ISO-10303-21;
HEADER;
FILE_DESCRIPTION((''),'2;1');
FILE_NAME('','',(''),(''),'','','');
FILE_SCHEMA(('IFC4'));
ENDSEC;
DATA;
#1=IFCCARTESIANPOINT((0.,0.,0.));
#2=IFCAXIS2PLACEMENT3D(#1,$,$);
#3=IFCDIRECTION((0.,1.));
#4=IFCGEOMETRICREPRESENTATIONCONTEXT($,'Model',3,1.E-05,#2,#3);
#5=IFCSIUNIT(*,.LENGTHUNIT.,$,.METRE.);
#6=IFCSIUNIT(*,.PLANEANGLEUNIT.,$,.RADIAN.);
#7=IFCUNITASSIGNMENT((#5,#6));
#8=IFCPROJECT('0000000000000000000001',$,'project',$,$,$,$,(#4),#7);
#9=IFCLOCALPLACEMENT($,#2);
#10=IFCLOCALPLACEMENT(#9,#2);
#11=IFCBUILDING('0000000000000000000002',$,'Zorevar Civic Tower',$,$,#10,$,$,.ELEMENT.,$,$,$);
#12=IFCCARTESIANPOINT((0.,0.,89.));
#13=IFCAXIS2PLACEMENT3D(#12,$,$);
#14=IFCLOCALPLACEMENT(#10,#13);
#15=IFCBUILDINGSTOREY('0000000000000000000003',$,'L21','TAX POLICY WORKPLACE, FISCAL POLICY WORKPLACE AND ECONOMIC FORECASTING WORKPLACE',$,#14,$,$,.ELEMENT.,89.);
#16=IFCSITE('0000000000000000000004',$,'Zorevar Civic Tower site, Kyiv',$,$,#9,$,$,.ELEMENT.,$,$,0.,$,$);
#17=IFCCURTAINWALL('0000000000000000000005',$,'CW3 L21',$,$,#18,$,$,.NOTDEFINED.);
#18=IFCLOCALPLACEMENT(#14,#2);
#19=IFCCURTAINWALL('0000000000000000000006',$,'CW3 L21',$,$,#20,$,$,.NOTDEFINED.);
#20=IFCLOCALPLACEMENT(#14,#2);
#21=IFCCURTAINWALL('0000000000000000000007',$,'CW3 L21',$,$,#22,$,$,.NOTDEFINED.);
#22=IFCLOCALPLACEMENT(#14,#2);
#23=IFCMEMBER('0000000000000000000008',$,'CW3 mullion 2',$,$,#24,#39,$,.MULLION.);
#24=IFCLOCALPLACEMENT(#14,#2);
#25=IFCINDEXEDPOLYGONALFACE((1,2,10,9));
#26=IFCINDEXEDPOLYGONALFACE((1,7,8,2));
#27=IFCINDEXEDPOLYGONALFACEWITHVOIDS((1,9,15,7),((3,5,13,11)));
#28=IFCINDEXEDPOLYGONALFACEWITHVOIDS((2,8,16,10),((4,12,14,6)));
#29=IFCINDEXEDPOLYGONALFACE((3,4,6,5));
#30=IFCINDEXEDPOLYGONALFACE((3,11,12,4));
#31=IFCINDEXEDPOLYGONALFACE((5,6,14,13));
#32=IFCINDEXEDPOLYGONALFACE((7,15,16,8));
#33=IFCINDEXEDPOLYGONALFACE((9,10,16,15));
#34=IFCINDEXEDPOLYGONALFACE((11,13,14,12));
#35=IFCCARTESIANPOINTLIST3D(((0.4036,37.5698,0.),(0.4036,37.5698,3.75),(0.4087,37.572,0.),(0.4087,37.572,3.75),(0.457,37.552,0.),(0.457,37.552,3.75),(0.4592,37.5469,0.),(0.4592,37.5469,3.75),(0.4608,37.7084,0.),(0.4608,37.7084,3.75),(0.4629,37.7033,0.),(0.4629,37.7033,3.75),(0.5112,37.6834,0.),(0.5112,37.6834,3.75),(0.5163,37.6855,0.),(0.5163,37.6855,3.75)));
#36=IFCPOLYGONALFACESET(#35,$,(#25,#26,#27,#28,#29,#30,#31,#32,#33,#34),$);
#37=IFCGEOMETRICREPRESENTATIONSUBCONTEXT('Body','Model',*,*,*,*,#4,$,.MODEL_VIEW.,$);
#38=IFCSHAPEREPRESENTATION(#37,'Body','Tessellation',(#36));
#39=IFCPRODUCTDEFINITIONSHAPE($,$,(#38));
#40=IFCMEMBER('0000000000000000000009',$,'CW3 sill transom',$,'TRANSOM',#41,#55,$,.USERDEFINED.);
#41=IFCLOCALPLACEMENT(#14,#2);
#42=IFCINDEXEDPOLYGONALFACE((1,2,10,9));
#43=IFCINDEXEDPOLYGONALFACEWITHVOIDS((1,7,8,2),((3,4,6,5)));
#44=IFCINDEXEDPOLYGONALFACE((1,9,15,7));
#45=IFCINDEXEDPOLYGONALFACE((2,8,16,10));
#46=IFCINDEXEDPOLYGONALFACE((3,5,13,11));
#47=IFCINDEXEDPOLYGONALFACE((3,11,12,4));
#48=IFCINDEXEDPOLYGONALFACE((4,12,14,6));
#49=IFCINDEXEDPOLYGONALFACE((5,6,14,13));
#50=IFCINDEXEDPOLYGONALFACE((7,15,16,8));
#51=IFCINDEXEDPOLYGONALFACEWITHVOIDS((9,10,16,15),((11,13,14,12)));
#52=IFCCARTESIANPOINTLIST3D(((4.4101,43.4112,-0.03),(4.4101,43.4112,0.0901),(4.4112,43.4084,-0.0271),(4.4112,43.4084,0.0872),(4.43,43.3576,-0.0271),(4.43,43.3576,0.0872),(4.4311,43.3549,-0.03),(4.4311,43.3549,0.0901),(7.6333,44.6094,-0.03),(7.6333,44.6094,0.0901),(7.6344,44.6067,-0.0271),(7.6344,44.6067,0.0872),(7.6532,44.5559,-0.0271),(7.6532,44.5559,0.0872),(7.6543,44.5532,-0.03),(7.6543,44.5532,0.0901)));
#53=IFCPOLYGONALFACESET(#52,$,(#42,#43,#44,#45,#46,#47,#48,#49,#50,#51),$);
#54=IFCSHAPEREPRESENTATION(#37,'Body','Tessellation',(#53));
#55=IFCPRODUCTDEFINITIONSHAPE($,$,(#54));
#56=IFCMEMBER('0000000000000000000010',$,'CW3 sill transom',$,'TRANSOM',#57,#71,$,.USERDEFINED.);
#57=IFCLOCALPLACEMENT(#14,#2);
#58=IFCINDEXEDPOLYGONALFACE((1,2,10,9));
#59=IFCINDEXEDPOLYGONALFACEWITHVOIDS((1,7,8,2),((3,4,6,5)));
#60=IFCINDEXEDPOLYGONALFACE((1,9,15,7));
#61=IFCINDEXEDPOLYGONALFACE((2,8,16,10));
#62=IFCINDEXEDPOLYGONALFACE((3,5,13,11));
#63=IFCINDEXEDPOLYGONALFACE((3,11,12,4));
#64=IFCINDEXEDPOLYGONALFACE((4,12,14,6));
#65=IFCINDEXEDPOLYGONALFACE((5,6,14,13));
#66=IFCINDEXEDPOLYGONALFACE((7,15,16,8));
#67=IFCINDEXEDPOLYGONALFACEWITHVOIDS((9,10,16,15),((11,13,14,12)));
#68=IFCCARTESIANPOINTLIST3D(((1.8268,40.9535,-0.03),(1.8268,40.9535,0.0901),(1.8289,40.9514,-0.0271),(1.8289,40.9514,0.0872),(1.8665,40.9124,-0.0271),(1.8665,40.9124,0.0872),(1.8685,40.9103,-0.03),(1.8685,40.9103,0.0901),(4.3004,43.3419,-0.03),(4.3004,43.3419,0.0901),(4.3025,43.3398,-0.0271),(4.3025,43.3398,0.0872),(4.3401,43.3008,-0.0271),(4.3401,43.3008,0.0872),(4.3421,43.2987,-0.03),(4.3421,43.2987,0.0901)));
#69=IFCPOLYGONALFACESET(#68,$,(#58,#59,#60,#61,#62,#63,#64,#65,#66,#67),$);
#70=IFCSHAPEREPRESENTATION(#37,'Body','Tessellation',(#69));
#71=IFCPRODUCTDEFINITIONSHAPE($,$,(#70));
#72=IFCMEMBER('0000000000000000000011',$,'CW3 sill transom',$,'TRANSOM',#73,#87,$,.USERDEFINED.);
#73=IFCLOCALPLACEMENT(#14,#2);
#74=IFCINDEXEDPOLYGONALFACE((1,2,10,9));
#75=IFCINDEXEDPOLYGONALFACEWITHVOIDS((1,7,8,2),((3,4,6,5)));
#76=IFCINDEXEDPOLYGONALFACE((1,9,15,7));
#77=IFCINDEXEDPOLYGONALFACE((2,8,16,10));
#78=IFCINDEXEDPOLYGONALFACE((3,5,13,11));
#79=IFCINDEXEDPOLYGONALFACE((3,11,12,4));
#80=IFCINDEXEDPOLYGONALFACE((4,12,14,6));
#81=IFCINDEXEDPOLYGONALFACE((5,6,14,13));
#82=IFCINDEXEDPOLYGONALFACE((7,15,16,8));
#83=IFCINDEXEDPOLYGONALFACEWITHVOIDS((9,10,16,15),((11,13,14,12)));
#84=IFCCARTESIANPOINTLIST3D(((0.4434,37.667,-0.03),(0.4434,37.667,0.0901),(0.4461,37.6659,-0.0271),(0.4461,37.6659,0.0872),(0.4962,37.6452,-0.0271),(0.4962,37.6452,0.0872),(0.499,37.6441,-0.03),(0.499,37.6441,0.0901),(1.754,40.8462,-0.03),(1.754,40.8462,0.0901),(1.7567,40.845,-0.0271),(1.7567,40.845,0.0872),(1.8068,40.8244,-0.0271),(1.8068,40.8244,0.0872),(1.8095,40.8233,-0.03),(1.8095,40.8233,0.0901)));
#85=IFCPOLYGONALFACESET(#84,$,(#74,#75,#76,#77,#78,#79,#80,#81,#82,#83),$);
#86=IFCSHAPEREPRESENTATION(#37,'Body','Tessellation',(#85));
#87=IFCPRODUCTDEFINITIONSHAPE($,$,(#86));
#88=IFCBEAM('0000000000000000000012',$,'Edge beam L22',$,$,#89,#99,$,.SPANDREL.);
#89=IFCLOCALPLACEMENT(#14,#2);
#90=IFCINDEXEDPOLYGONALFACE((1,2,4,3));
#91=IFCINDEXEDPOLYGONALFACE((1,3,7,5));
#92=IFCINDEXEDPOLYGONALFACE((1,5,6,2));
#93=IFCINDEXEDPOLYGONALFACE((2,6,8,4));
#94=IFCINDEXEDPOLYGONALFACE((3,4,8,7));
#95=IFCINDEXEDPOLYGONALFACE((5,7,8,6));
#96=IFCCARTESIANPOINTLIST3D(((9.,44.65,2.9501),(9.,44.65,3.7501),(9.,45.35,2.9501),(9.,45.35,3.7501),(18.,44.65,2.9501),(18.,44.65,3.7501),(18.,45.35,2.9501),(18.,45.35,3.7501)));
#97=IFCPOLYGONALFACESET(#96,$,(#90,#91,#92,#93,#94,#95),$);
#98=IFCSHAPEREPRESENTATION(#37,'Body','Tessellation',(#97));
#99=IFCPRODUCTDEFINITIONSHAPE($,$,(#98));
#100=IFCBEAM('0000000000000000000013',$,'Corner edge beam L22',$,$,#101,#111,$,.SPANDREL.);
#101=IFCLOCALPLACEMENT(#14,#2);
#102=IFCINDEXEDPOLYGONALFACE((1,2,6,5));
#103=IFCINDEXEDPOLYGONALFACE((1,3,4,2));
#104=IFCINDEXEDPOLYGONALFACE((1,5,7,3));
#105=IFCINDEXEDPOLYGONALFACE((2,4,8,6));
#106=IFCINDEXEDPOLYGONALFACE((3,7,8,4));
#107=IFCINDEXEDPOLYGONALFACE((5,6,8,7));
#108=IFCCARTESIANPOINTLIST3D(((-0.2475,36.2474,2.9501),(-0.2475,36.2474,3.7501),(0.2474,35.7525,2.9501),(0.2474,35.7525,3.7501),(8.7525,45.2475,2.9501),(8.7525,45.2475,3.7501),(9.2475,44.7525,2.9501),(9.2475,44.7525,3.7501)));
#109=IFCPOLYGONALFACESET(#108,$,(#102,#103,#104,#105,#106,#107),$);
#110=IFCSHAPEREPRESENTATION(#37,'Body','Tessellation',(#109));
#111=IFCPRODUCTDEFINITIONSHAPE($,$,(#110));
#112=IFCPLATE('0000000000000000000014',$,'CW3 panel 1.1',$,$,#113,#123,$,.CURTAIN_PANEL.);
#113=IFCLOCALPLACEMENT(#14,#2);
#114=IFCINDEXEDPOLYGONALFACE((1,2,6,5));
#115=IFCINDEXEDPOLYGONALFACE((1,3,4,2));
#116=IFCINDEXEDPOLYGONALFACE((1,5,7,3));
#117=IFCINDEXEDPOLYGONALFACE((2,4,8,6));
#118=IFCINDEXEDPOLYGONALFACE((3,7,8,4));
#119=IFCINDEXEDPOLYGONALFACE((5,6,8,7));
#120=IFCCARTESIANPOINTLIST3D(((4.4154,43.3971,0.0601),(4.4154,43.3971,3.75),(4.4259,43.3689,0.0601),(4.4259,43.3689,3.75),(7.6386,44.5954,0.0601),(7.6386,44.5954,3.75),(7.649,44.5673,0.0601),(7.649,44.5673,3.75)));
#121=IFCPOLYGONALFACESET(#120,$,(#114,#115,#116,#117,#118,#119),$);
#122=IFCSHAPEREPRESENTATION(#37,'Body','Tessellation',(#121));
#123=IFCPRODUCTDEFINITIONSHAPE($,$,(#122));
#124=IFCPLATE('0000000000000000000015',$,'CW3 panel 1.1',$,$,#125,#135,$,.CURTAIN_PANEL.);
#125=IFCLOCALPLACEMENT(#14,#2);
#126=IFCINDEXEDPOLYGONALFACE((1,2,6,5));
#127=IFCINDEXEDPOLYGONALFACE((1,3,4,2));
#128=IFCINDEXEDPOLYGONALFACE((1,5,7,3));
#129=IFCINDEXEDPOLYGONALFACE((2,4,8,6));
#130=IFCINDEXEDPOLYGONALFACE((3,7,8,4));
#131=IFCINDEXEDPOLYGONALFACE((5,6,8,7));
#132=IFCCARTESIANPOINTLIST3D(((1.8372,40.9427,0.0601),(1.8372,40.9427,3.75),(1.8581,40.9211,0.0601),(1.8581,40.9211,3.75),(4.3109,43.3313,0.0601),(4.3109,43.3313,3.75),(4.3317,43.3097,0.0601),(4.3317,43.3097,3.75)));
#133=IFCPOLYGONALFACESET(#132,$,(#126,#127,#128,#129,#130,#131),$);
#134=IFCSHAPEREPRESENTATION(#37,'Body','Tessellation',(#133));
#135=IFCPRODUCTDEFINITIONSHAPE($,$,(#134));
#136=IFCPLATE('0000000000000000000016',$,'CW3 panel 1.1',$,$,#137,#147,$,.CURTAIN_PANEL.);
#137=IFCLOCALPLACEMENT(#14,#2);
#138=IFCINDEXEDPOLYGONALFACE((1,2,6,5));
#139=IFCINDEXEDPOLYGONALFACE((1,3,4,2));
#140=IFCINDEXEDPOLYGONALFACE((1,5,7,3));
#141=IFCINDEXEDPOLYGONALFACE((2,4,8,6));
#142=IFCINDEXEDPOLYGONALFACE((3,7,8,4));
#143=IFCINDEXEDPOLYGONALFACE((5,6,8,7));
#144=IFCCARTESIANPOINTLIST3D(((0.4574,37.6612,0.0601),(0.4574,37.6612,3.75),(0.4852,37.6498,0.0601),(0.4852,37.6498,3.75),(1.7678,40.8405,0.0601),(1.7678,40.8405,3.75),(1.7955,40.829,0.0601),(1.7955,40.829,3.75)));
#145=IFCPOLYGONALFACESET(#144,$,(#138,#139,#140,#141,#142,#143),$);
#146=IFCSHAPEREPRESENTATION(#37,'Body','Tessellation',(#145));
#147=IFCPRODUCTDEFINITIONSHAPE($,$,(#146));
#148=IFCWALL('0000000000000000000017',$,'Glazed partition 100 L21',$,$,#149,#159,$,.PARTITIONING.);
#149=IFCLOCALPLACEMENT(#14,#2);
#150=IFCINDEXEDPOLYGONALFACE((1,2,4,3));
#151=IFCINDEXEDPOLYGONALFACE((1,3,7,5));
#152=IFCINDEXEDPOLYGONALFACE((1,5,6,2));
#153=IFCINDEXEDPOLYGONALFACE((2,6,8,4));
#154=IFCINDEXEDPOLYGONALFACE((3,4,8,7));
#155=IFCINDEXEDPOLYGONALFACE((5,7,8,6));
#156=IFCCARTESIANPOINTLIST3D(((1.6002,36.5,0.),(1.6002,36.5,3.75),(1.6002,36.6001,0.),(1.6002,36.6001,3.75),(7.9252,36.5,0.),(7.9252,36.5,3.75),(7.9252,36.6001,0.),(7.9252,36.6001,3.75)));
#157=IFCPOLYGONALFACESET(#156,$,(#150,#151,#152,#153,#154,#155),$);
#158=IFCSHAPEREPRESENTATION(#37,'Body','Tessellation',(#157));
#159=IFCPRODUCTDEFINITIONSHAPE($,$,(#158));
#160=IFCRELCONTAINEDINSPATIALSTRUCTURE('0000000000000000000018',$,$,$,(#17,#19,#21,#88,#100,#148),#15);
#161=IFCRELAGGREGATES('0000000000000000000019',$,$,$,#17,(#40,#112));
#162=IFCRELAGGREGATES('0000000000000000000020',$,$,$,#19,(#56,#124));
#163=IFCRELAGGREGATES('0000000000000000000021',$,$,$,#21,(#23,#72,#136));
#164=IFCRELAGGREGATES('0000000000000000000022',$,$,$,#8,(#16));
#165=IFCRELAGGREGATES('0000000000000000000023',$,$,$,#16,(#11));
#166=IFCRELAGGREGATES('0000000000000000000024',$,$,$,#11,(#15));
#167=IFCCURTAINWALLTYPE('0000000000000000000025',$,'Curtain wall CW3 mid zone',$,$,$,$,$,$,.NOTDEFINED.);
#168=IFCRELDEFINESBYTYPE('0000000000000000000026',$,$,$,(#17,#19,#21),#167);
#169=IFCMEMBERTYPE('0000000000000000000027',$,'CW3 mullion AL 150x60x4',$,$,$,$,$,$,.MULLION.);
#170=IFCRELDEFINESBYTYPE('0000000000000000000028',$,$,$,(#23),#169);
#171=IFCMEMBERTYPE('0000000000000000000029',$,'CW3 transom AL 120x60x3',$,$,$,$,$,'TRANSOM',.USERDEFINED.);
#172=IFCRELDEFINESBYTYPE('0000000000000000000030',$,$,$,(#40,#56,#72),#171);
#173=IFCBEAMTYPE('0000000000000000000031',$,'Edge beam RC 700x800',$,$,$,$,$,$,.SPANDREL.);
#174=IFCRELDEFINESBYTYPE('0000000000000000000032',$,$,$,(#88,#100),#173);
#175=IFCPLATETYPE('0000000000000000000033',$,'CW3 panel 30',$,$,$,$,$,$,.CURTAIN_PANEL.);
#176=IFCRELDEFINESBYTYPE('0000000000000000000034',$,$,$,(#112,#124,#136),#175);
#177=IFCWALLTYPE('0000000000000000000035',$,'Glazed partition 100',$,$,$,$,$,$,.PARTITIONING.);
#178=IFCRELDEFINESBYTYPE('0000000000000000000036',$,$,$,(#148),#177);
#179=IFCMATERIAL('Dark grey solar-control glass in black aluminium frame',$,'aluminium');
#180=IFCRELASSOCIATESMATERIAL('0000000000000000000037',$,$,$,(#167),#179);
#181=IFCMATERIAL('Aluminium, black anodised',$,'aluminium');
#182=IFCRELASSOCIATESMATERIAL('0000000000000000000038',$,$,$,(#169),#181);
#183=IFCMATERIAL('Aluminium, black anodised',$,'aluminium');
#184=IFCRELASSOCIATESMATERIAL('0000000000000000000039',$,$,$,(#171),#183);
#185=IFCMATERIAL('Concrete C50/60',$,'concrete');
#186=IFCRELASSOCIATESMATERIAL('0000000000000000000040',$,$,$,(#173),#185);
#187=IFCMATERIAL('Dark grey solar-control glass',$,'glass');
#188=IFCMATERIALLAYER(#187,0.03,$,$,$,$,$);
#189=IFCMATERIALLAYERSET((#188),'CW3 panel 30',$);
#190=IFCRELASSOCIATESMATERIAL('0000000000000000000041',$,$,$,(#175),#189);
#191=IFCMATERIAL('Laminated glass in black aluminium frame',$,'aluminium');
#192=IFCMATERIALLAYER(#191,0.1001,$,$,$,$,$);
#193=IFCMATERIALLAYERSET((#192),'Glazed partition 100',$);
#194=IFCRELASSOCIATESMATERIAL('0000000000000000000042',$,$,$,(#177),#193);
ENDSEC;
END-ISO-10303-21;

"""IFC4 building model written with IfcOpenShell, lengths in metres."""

from ifc_helpers import new_model, si_unit, direction, frame, frame_2d, origin, origin_2d, place, context, subcontext, project, spatial, rectangle, hollow_rectangle, extrude, material, layer, layer_set, material_profile, profile_set, type_object, element, aggregate, save


model = new_model("IFC4")

# Units and contexts
model_context = context("Model", 3, precision=1e-05, world=origin(), true_north=direction((0.0, 1.0)))
body_context = subcontext(model_context, "Body", "Model", "MODEL_VIEW")
ifc_project = project(units=[si_unit("LENGTHUNIT", "METRE"), si_unit("PLANEANGLEUNIT", "RADIAN")], contexts=[model_context])

# Site, building, storey
site_placement = place(None, origin())
site = spatial("IfcSite", under=ifc_project, at=site_placement, Name="Zorevar Civic Tower site, Kyiv", CompositionType="ELEMENT", RefElevation=0.0)
building_placement = place(site_placement, origin())
building = spatial("IfcBuilding", under=site, at=building_placement, Name="Zorevar Civic Tower", CompositionType="ELEMENT")
storey_placement = place(building_placement, frame((0.0, 0.0, 89.0)))
storey = spatial("IfcBuildingStorey", under=building, at=storey_placement, Name="L21", Description="TAX POLICY WORKPLACE, FISCAL POLICY WORKPLACE AND ECONOMIC FORECASTING WORKPLACE", CompositionType="ELEMENT", Elevation=89.0)

# Shared definitions
ifc_material_1 = material(Name="Dark grey solar-control glass in black aluminium frame", Category="aluminium")
curtain_wall_type = type_object("IfcCurtainWallType", Name="Curtain wall CW3 mid zone", PredefinedType="NOTDEFINED", material=ifc_material_1)
ifc_material_2 = material(Name="Aluminium, black anodised", Category="aluminium")
ifc_material_profile_1 = material_profile(ifc_material_2, hollow_rectangle(XDim=0.0601, YDim=0.1499, WallThickness=0.0039, at=origin_2d()), Name="AL 150x60x4")
ifc_profile_set_1 = profile_set([ifc_material_profile_1], Name="Aluminium, black anodised")
member_type_1 = type_object("IfcMemberType", Name="CW3 mullion AL 150x60x4", PredefinedType="MULLION", material=ifc_profile_set_1)

# Curtain walls, member
curtain_wall_1_placement = place(storey_placement, origin())
curtain_wall_1 = element("IfcCurtainWall", 1, at=curtain_wall_1_placement, inside=storey, type_object=curtain_wall_type, Name="CW3 L21", PredefinedType="NOTDEFINED")
curtain_wall_2_placement = place(storey_placement, origin())
curtain_wall_2 = element("IfcCurtainWall", 2, at=curtain_wall_2_placement, inside=storey, type_object=curtain_wall_type, Name="CW3 L21", PredefinedType="NOTDEFINED")
curtain_wall_3_placement = place(storey_placement, origin())
curtain_wall_3 = element("IfcCurtainWall", 3, at=curtain_wall_3_placement, inside=storey, type_object=curtain_wall_type, Name="CW3 L21", PredefinedType="NOTDEFINED")
member_1_placement = place(storey_placement, frame((0.46, 37.6277, 0.0), z_axis=(0.0, 0.0, 1.0), x_axis=(0.92455, -0.381061, 0.0)))
member_1 = element("IfcMember", 4, at=member_1_placement, type_object=member_type_1, Name="CW3 mullion 2", PredefinedType="MULLION", context=body_context, shape_type="SweptSolid", body=[
    extrude(hollow_rectangle(XDim=0.0601, YDim=0.1499, WallThickness=0.0039, at=origin_2d()), origin(), (0.0, 0.0, 1.0), 3.75),
])

# Members
ifc_material_3 = material(Name="Aluminium, black anodised", Category="aluminium")
ifc_material_profile_2 = material_profile(ifc_material_3, hollow_rectangle(XDim=0.0601, YDim=0.1201, WallThickness=0.0029, at=origin_2d()), Name="AL 120x60x3")
ifc_profile_set_2 = profile_set([ifc_material_profile_2], Name="Aluminium, black anodised")
member_type_2 = type_object("IfcMemberType", Name="CW3 transom AL 120x60x3", ElementType="TRANSOM", PredefinedType="USERDEFINED", material=ifc_profile_set_2)
member_2_placement = place(storey_placement, frame((7.6438, 44.5813, 0.03), z_axis=(-0.937323, -0.348461, 0.0), x_axis=(0.348461, -0.937323, 0.0)))
member_2 = element("IfcMember", 5, at=member_2_placement, type_object=member_type_2, Name="CW3 sill transom", ObjectType="TRANSOM", PredefinedType="USERDEFINED", context=body_context, shape_type="SweptSolid", body=[
    extrude(hollow_rectangle(XDim=0.0601, YDim=0.1201, WallThickness=0.0029, at=origin_2d()), origin(), (0.0, 0.0, 1.0), 3.4387),
])
member_3_placement = place(storey_placement, frame((4.3213, 43.3203, 0.03), z_axis=(-0.719388, -0.694608, 0.0), x_axis=(0.694608, -0.719388, 0.0)))
member_3 = element("IfcMember", 6, at=member_3_placement, type_object=member_type_2, Name="CW3 sill transom", ObjectType="TRANSOM", PredefinedType="USERDEFINED", context=body_context, shape_type="SweptSolid", body=[
    extrude(hollow_rectangle(XDim=0.0601, YDim=0.1201, WallThickness=0.0029, at=origin_2d()), origin(), (0.0, 0.0, 1.0), 3.4385),
])
member_4_placement = place(storey_placement, frame((1.7817, 40.8347, 0.03), z_axis=(-0.381114, -0.924528, 0.0), x_axis=(0.924528, -0.381114, 0.0)))
member_4 = element("IfcMember", 7, at=member_4_placement, type_object=member_type_2, Name="CW3 sill transom", ObjectType="TRANSOM", PredefinedType="USERDEFINED", context=body_context, shape_type="SweptSolid", body=[
    extrude(hollow_rectangle(XDim=0.0601, YDim=0.1201, WallThickness=0.0029, at=origin_2d()), origin(), (0.0, 0.0, 1.0), 3.4387),
])

# Beams
ifc_material_4 = material(Name="Concrete C50/60", Category="concrete")
ifc_material_profile_3 = material_profile(ifc_material_4, rectangle(XDim=0.7, YDim=0.8, at=origin_2d()), Name="RC 700x800")
ifc_profile_set_3 = profile_set([ifc_material_profile_3], Name="Concrete C50/60")
beam_type_1 = type_object("IfcBeamType", Name="Edge beam RC 700x800", PredefinedType="SPANDREL", material=ifc_profile_set_3)
beam_1_placement = place(storey_placement, frame((9.0, 45.0, 3.3501), z_axis=(1.0, 0.0, 0.0), x_axis=(0.0, 1.0, 0.0)))
element("IfcBeam", 8, at=beam_1_placement, inside=storey, type_object=beam_type_1, Name="Edge beam L22", PredefinedType="SPANDREL", context=body_context, shape_type="SweptSolid", body=[
    extrude(rectangle(XDim=0.7, YDim=0.8, at=origin_2d()), origin(), (0.0, 0.0, 1.0), 9.0),
])
beam_2_placement = place(storey_placement, frame((9.0, 45.0, 3.3501), z_axis=(-0.707107, -0.707107, 0.0), x_axis=(0.707107, -0.707107, 0.0)))
element("IfcBeam", 9, at=beam_2_placement, inside=storey, type_object=beam_type_1, Name="Corner edge beam L22", PredefinedType="SPANDREL", context=body_context, shape_type="SweptSolid", body=[
    extrude(rectangle(XDim=0.7, YDim=0.8, at=origin_2d()), origin(), (0.0, 0.0, 1.0), 12.728),
])

# Plates
ifc_material_5 = material(Name="Dark grey solar-control glass", Category="glass")
ifc_layer_1 = layer(ifc_material_5, 0.03)
ifc_layer_set_1 = layer_set([ifc_layer_1], Name="CW3 panel 30")
plate_type = type_object("IfcPlateType", Name="CW3 panel 30", PredefinedType="CURTAIN_PANEL", material=ifc_layer_set_1)
plate_1_placement = place(storey_placement, frame((6.0322, 43.9822, 0.0601), z_axis=(0.0, 0.0, 1.0), x_axis=(-0.937309, -0.3485, 0.0)))
plate_1 = element("IfcPlate", 10, at=plate_1_placement, type_object=plate_type, Name="CW3 panel 1.1", PredefinedType="CURTAIN_PANEL", context=body_context, shape_type="SweptSolid", body=[
    extrude(rectangle(XDim=3.4387, YDim=0.03, at=origin_2d()), origin(), (0.0, 0.0, 1.0), 3.6899),
])
aggregate(curtain_wall_1, [member_2, plate_1])
plate_2_placement = place(storey_placement, frame((3.0845, 42.1262, 0.0601), z_axis=(0.0, 0.0, 1.0), x_axis=(-0.719363, -0.694634, 0.0)))
plate_2 = element("IfcPlate", 11, at=plate_2_placement, type_object=plate_type, Name="CW3 panel 1.1", PredefinedType="CURTAIN_PANEL", context=body_context, shape_type="SweptSolid", body=[
    extrude(rectangle(XDim=3.4387, YDim=0.03, at=origin_2d()), origin(), (0.0, 0.0, 1.0), 3.6899),
])
aggregate(curtain_wall_2, [member_3, plate_2])
plate_3_placement = place(storey_placement, frame((1.1265, 39.2451, 0.0601), z_axis=(0.0, 0.0, 1.0), x_axis=(-0.381061, -0.92455, 0.0)))
plate_3 = element("IfcPlate", 12, at=plate_3_placement, type_object=plate_type, Name="CW3 panel 1.1", PredefinedType="CURTAIN_PANEL", context=body_context, shape_type="SweptSolid", body=[
    extrude(rectangle(XDim=3.4387, YDim=0.03, at=origin_2d()), origin(), (0.0, 0.0, 1.0), 3.6899),
])
aggregate(curtain_wall_3, [member_1, member_4, plate_3])

# Wall
ifc_material_6 = material(Name="Laminated glass in black aluminium frame", Category="aluminium")
ifc_layer_2 = layer(ifc_material_6, 0.1001)
ifc_layer_set_2 = layer_set([ifc_layer_2], Name="Glazed partition 100")
wall_type_1 = type_object("IfcWallType", Name="Glazed partition 100", PredefinedType="PARTITIONING", material=ifc_layer_set_2)
wall_1_placement = place(storey_placement, frame((1.6001, 36.55, 0.0), z_axis=(0.0, 0.0, 1.0), x_axis=(1.0, 0.0, 0.0)))
element("IfcWall", 13, at=wall_1_placement, inside=storey, type_object=wall_type_1, Name="Glazed partition 100 L21", PredefinedType="PARTITIONING", context=body_context, shape_type="SweptSolid", body=[
    extrude(rectangle(XDim=6.325, YDim=0.1001, at=frame_2d((3.1626, 0.0))), origin(), (0.0, 0.0, 1.0), 3.75),
])

save(model, "model.ifc")
